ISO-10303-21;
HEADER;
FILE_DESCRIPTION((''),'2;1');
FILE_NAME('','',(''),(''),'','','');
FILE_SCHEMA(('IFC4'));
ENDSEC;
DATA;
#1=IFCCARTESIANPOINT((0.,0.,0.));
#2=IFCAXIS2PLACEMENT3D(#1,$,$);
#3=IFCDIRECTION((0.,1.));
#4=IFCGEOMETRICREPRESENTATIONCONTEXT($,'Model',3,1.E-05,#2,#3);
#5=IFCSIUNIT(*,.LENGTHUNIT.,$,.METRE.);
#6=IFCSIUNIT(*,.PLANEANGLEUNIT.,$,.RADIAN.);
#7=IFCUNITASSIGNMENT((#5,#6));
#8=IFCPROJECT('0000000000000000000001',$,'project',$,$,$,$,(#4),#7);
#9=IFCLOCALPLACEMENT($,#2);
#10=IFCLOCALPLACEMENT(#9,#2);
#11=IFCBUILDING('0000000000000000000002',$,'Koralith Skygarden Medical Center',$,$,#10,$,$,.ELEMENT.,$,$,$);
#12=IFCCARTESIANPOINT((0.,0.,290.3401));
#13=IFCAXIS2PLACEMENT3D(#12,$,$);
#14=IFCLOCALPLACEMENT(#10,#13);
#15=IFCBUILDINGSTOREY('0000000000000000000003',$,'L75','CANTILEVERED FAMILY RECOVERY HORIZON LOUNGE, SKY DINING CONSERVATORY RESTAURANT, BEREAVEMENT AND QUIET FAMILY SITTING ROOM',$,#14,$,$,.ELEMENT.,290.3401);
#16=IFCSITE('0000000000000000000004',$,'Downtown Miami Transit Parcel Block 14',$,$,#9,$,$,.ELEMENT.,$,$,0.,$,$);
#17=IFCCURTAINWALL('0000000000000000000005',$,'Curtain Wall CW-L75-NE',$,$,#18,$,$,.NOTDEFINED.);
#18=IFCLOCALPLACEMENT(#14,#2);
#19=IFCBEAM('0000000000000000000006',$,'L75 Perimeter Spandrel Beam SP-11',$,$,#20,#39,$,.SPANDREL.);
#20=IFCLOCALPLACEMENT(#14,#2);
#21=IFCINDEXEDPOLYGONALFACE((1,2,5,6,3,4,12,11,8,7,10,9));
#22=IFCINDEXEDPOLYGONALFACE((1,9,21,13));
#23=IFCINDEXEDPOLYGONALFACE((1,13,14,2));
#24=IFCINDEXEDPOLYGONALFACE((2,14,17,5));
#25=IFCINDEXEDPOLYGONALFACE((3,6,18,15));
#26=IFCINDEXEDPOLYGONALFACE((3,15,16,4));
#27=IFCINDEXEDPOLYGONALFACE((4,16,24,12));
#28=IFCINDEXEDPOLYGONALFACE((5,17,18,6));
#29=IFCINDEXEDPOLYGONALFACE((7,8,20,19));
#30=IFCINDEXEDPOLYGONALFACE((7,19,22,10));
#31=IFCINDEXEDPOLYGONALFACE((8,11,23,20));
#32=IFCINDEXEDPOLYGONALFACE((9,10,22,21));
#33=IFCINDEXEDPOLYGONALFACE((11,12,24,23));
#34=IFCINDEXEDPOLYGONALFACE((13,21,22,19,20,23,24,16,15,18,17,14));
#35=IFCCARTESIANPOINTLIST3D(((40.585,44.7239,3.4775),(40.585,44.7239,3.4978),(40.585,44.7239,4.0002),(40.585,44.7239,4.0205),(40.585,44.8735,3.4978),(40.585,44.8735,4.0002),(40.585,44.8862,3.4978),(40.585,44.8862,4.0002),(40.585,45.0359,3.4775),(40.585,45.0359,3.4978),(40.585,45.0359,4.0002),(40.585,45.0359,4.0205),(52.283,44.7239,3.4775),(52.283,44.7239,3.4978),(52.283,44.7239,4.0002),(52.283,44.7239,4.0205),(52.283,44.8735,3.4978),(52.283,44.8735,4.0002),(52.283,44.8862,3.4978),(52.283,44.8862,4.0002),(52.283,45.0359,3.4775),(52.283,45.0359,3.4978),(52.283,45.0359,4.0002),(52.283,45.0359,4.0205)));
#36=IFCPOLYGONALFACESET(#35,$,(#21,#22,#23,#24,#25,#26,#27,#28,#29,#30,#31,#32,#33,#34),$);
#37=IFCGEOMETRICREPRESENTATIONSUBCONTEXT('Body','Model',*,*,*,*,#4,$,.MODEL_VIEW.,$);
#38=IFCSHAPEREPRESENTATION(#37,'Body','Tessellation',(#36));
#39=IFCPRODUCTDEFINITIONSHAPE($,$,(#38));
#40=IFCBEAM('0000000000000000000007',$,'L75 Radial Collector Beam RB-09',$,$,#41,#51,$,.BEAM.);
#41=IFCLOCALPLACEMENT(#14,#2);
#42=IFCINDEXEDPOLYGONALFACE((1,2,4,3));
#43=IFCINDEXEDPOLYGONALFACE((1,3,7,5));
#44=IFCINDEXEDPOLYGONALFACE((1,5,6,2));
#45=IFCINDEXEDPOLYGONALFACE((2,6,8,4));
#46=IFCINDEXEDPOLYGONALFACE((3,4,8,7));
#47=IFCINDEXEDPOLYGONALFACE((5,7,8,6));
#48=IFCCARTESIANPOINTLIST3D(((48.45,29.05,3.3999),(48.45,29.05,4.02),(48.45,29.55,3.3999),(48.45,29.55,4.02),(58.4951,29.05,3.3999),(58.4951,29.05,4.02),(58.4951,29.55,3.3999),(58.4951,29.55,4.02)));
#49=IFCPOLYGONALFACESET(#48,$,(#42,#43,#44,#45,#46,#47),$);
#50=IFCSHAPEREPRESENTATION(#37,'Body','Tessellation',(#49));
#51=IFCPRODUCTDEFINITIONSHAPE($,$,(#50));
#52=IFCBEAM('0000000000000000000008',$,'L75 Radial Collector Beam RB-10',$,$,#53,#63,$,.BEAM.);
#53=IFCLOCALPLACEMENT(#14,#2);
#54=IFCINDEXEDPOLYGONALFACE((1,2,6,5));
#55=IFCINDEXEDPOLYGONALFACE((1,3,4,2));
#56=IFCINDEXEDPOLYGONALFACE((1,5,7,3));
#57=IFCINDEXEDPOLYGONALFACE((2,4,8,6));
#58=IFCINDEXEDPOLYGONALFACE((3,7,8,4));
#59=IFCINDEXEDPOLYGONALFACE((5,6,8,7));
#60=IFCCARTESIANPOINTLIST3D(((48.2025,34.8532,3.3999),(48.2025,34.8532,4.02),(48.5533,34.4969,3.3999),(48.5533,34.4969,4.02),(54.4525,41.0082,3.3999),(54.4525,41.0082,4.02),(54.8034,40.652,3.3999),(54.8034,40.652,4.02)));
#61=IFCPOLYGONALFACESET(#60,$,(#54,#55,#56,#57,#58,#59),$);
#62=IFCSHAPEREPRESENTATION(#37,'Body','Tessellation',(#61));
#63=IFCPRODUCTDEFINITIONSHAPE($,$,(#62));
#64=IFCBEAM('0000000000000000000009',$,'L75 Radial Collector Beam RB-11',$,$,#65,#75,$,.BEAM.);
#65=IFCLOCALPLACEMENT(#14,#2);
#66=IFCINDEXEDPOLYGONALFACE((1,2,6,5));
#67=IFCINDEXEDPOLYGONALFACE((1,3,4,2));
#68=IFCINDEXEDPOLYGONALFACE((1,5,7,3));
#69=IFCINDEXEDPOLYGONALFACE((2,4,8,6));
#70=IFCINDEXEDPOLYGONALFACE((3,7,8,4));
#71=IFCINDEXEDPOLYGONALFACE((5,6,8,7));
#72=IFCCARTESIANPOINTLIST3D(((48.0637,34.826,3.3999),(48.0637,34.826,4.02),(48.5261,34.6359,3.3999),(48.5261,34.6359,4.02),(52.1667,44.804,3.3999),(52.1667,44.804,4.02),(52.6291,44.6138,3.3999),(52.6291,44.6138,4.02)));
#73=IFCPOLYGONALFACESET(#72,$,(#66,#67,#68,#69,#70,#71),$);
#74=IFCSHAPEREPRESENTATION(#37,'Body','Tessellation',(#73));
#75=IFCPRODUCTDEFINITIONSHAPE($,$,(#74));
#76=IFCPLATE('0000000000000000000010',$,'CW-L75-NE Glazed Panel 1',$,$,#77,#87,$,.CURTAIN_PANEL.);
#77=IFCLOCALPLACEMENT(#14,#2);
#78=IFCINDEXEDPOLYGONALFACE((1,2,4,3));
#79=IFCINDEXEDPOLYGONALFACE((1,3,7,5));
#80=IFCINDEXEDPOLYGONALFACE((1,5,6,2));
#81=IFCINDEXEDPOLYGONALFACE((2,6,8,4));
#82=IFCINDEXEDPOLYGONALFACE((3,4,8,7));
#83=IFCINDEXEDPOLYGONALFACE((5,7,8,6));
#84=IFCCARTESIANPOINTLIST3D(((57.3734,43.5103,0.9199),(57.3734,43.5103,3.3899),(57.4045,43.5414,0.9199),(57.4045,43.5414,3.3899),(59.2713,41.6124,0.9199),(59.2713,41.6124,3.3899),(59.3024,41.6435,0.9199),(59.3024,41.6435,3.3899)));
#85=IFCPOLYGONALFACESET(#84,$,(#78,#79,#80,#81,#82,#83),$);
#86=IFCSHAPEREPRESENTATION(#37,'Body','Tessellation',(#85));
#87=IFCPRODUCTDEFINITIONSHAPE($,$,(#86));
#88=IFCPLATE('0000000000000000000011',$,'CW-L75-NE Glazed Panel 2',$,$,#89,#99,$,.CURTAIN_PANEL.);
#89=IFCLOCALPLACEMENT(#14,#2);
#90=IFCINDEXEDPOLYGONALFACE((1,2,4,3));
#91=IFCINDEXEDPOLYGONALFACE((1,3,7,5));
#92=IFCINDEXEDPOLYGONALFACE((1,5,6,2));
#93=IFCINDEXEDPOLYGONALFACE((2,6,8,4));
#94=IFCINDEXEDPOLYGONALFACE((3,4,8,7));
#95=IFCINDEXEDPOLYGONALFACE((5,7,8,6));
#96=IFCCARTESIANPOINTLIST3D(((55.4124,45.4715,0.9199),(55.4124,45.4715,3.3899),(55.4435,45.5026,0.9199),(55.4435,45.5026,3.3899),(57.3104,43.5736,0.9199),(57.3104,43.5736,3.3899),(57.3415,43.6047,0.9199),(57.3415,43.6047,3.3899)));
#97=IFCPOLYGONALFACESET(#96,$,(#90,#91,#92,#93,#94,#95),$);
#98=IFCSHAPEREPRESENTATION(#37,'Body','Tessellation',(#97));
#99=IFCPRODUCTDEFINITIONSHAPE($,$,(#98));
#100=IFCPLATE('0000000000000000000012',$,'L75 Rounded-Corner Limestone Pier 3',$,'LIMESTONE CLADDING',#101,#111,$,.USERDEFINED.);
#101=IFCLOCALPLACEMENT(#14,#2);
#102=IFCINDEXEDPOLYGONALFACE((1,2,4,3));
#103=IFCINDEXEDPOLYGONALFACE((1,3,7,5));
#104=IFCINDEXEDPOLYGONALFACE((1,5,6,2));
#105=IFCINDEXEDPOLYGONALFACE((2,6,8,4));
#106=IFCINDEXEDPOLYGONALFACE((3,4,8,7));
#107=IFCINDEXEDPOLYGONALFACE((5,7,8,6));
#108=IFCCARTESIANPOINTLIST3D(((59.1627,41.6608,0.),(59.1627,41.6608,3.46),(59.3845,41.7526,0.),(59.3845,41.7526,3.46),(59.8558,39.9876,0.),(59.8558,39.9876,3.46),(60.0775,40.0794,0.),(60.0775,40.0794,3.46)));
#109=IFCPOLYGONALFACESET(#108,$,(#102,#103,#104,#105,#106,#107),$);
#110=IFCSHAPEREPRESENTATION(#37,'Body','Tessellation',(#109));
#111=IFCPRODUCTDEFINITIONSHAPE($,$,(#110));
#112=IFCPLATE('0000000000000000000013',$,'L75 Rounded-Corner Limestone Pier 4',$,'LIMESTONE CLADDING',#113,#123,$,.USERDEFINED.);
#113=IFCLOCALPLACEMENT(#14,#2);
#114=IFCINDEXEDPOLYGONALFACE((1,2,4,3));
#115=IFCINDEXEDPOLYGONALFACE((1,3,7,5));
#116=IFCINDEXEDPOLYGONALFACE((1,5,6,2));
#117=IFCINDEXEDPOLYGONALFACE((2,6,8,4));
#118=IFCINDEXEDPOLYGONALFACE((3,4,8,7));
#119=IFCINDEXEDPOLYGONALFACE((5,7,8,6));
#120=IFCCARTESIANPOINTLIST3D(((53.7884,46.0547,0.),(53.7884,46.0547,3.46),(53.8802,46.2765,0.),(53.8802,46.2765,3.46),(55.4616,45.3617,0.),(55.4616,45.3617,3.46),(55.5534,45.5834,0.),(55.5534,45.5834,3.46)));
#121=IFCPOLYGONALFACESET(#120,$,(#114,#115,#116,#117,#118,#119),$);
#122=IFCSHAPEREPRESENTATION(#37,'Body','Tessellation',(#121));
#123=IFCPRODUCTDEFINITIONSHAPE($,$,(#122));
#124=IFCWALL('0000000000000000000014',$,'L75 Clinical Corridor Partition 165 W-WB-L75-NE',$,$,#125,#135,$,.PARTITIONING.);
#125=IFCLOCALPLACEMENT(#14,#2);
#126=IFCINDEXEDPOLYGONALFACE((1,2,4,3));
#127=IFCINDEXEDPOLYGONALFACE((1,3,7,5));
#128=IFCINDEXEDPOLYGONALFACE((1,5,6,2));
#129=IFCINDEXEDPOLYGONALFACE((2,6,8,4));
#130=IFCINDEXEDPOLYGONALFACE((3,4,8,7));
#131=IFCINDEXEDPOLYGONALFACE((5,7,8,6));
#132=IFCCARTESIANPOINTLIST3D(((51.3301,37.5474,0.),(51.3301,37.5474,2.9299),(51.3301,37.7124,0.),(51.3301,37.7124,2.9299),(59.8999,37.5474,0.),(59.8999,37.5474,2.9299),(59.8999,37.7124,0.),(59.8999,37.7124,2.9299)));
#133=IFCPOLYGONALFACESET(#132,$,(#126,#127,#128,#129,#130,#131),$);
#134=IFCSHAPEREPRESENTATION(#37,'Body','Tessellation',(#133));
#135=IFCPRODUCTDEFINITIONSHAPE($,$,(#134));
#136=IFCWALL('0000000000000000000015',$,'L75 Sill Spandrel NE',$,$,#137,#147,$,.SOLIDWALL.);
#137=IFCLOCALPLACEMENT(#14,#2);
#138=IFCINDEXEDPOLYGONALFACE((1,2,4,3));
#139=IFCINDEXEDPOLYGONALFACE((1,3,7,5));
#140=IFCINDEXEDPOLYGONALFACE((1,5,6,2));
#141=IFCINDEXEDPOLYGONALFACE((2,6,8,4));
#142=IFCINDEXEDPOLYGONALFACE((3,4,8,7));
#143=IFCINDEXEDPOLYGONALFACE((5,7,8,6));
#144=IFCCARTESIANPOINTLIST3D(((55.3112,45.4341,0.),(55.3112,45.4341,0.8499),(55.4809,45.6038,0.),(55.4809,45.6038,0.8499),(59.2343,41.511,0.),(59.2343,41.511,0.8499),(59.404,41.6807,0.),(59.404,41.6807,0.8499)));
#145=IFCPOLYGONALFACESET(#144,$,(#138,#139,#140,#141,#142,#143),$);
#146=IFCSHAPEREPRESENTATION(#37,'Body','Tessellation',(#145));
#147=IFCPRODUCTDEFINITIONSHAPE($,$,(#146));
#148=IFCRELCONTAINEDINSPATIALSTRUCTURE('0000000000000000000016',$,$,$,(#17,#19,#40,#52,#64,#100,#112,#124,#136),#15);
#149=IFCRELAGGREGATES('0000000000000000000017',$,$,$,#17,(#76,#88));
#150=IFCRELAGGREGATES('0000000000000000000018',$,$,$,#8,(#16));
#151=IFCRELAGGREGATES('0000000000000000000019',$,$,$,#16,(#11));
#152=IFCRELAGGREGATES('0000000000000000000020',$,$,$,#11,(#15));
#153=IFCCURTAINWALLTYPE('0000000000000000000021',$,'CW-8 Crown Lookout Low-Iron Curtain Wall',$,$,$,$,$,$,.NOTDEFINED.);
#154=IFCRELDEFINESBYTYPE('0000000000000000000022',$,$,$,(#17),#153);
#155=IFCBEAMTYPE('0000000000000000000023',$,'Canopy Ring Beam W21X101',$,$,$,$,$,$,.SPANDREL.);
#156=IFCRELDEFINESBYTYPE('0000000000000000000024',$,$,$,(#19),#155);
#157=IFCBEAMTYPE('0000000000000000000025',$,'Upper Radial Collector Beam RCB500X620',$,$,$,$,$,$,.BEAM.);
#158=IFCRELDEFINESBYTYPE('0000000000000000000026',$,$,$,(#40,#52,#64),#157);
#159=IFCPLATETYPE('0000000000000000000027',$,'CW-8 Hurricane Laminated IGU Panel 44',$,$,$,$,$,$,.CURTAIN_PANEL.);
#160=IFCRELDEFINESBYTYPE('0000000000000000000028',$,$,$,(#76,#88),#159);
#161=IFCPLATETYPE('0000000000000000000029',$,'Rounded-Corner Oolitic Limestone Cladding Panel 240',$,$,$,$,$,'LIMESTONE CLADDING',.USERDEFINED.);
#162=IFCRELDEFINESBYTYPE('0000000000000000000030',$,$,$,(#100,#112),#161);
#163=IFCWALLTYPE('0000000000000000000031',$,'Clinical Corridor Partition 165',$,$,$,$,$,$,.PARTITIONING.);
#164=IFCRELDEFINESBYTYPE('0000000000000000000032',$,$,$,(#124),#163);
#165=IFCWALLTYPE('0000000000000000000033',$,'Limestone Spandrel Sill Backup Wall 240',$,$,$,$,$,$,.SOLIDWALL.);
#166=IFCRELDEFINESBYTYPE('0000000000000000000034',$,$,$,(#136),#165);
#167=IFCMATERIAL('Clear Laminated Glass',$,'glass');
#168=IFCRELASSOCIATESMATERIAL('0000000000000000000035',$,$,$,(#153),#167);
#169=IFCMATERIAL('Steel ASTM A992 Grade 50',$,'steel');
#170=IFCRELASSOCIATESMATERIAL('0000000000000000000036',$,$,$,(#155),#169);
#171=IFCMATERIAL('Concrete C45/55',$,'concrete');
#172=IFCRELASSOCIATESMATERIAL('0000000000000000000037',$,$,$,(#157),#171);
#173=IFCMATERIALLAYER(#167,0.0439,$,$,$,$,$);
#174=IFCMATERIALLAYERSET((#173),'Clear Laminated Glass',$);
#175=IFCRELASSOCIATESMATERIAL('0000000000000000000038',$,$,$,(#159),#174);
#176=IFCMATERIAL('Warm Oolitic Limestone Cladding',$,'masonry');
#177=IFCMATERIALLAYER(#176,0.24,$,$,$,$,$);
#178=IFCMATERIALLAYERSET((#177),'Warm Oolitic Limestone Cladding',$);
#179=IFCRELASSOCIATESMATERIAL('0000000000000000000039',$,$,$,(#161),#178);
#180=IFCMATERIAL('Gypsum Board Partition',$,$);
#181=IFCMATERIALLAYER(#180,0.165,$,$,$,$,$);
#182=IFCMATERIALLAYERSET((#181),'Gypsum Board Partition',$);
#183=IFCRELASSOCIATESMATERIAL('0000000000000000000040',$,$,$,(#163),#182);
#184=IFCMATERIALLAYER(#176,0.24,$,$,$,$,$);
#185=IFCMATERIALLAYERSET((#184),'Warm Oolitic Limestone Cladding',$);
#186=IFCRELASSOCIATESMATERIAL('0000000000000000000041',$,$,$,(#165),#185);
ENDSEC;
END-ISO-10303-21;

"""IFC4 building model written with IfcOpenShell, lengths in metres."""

from ifc_helpers import new_model, si_unit, direction, frame, frame_2d, origin, origin_2d, place, context, subcontext, project, spatial, rectangle, i_section, extrude, material, layer, layer_set, material_profile, profile_set, type_object, element, aggregate, save


model = new_model("IFC4")

# Units and contexts
model_context = context("Model", 3, precision=1e-05, world=origin(), true_north=direction((0.0, 1.0)))
body_context = subcontext(model_context, "Body", "Model", "MODEL_VIEW")
ifc_project = project(units=[si_unit("LENGTHUNIT", "METRE"), si_unit("PLANEANGLEUNIT", "RADIAN")], contexts=[model_context])

# Site, building, storey
site_placement = place(None, origin())
site = spatial("IfcSite", under=ifc_project, at=site_placement, Name="Downtown Miami Transit Parcel Block 14", CompositionType="ELEMENT", RefElevation=0.0)
building_placement = place(site_placement, origin())
building = spatial("IfcBuilding", under=site, at=building_placement, Name="Koralith Skygarden Medical Center", CompositionType="ELEMENT")
storey_placement = place(building_placement, frame((0.0, 0.0, 290.3401)))
storey = spatial("IfcBuildingStorey", under=building, at=storey_placement, Name="L75", Description="CANTILEVERED FAMILY RECOVERY HORIZON LOUNGE, SKY DINING CONSERVATORY RESTAURANT, BEREAVEMENT AND QUIET FAMILY SITTING ROOM", CompositionType="ELEMENT", Elevation=290.3401)

# Shared definitions
ifc_material_1 = material(Name="Steel ASTM A992 Grade 50", Category="steel")

# Curtain wall
ifc_material_2 = material(Name="Clear Laminated Glass", Category="glass")
curtain_wall_type = type_object("IfcCurtainWallType", Name="CW-8 Crown Lookout Low-Iron Curtain Wall", PredefinedType="NOTDEFINED", material=ifc_material_2)
curtain_wall_placement = place(storey_placement, origin())
curtain_wall = element("IfcCurtainWall", 1, at=curtain_wall_placement, inside=storey, type_object=curtain_wall_type, Name="Curtain Wall CW-L75-NE", PredefinedType="NOTDEFINED")

# Beams
ifc_material_profile_1 = material_profile(ifc_material_1, i_section(OverallWidth=0.312, OverallDepth=0.543, WebThickness=0.0127, FlangeThickness=0.0203, at=origin_2d()), Name="W21X101")
ifc_profile_set_1 = profile_set([ifc_material_profile_1], Name="Steel ASTM A992 Grade 50")
beam_type_1 = type_object("IfcBeamType", Name="Canopy Ring Beam W21X101", PredefinedType="SPANDREL", material=ifc_profile_set_1)
beam_1_placement = place(storey_placement, frame((52.283, 44.8799, 3.749), z_axis=(-1.0, 0.0, 0.0), x_axis=(0.0, -1.0, 0.0)))
element("IfcBeam", 2, at=beam_1_placement, inside=storey, type_object=beam_type_1, Name="L75 Perimeter Spandrel Beam SP-11", PredefinedType="SPANDREL", context=body_context, shape_type="SweptSolid", body=[
    extrude(i_section(OverallWidth=0.312, OverallDepth=0.543, WebThickness=0.0127, FlangeThickness=0.0203, at=origin_2d()), origin(), (0.0, 0.0, 1.0), 11.698),
])
ifc_material_3 = material(Name="Concrete C45/55", Category="concrete")
ifc_material_profile_2 = material_profile(ifc_material_3, rectangle(XDim=0.5, YDim=0.6201, at=origin_2d()), Name="RCB500X620")
ifc_profile_set_2 = profile_set([ifc_material_profile_2], Name="Concrete C45/55")
beam_type_2 = type_object("IfcBeamType", Name="Upper Radial Collector Beam RCB500X620", PredefinedType="BEAM", material=ifc_profile_set_2)
beam_2_placement = place(storey_placement, frame((48.45, 29.3, 3.71), z_axis=(1.0, 0.0, 0.0), x_axis=(0.0, 1.0, 0.0)))
element("IfcBeam", 3, at=beam_2_placement, inside=storey, type_object=beam_type_2, Name="L75 Radial Collector Beam RB-09", PredefinedType="BEAM", context=body_context, shape_type="SweptSolid", body=[
    extrude(rectangle(XDim=0.5, YDim=0.6201, at=origin_2d()), origin(), (0.0, 0.0, 1.0), 10.0452),
])
beam_3_placement = place(storey_placement, frame((48.3779, 34.675, 3.71), z_axis=(0.712499, 0.701673, 0.0), x_axis=(-0.701673, 0.712499, 0.0)))
element("IfcBeam", 4, at=beam_3_placement, inside=storey, type_object=beam_type_2, Name="L75 Radial Collector Beam RB-10", PredefinedType="BEAM", context=body_context, shape_type="SweptSolid", body=[
    extrude(rectangle(XDim=0.5, YDim=0.6201, at=origin_2d()), origin(), (0.0, 0.0, 1.0), 8.772),
])
beam_4_placement = place(storey_placement, frame((48.2949, 34.731, 3.71), z_axis=(0.380308, 0.92486, 0.0), x_axis=(-0.92486, 0.380308, 0.0)))
element("IfcBeam", 5, at=beam_4_placement, inside=storey, type_object=beam_type_2, Name="L75 Radial Collector Beam RB-11", PredefinedType="BEAM", context=body_context, shape_type="SweptSolid", body=[
    extrude(rectangle(XDim=0.5, YDim=0.6201, at=origin_2d()), origin(), (0.0, 0.0, 1.0), 10.7886),
])

# Plates
ifc_layer_1 = layer(ifc_material_2, 0.0439)
ifc_layer_set_1 = layer_set([ifc_layer_1], Name="Clear Laminated Glass")
plate_type_1 = type_object("IfcPlateType", Name="CW-8 Hurricane Laminated IGU Panel 44", PredefinedType="CURTAIN_PANEL", material=ifc_layer_set_1)
plate_1_placement = place(storey_placement, frame((58.3379, 42.5769, 0.9199), z_axis=(0.0, 0.0, 1.0), x_axis=(-0.707107, 0.707107, 0.0)))
plate_1 = element("IfcPlate", 6, at=plate_1_placement, type_object=plate_type_1, Name="CW-L75-NE Glazed Panel 1", PredefinedType="CURTAIN_PANEL", context=body_context, shape_type="SweptSolid", body=[
    extrude(rectangle(XDim=2.6841, YDim=0.0439, at=origin_2d()), origin(), (0.0, 0.0, 1.0), 2.47),
])
plate_2_placement = place(storey_placement, frame((56.377, 44.5381, 0.9199), z_axis=(0.0, 0.0, 1.0), x_axis=(-0.707107, 0.707107, 0.0)))
plate_2 = element("IfcPlate", 7, at=plate_2_placement, type_object=plate_type_1, Name="CW-L75-NE Glazed Panel 2", PredefinedType="CURTAIN_PANEL", context=body_context, shape_type="SweptSolid", body=[
    extrude(rectangle(XDim=2.6841, YDim=0.0439, at=origin_2d()), origin(), (0.0, 0.0, 1.0), 2.47),
])
aggregate(curtain_wall, [plate_1, plate_2])

# Plates
ifc_material_4 = material(Name="Warm Oolitic Limestone Cladding", Category="masonry")
ifc_layer_2 = layer(ifc_material_4, 0.24)
ifc_layer_set_2 = layer_set([ifc_layer_2], Name="Warm Oolitic Limestone Cladding")
plate_type_2 = type_object("IfcPlateType", Name="Rounded-Corner Oolitic Limestone Cladding Panel 240", ElementType="LIMESTONE CLADDING", PredefinedType="USERDEFINED", material=ifc_layer_set_2)
for number, where, z_axis, x_axis, name in (
    (8, (59.6201, 40.8701, 0.0), (0.0, 0.0, 1.0), (-0.382671, 0.923885, 0.0), "L75 Rounded-Corner Limestone Pier 3"),
    (9, (54.6709, 45.8191, 0.0), (0.0, 0.0, 1.0), (-0.923885, 0.382671, 0.0), "L75 Rounded-Corner Limestone Pier 4"),
):
    element("IfcPlate", number, at=place(storey_placement, frame(where, z_axis=z_axis, x_axis=x_axis)), inside=storey, type_object=plate_type_2, Name=name, ObjectType="LIMESTONE CLADDING", PredefinedType="USERDEFINED", context=body_context, shape_type="SweptSolid", body=[
        extrude(rectangle(XDim=1.811, YDim=0.24, at=origin_2d()), origin(), (0.0, 0.0, 1.0), 3.46),
    ])

# Walls
ifc_material_5 = material(Name="Gypsum Board Partition")
ifc_layer_3 = layer(ifc_material_5, 0.165)
ifc_layer_set_3 = layer_set([ifc_layer_3], Name="Gypsum Board Partition")
wall_type_1 = type_object("IfcWallType", Name="Clinical Corridor Partition 165", PredefinedType="PARTITIONING", material=ifc_layer_set_3)
wall_1_placement = place(storey_placement, frame((51.3301, 37.6299, 0.0), z_axis=(0.0, 0.0, 1.0), x_axis=(1.0, 0.0, 0.0)))
element("IfcWall", 10, at=wall_1_placement, inside=storey, type_object=wall_type_1, Name="L75 Clinical Corridor Partition 165 W-WB-L75-NE", PredefinedType="PARTITIONING", context=body_context, shape_type="SweptSolid", body=[
    extrude(rectangle(XDim=8.5698, YDim=0.165, at=frame_2d((4.2849, 0.0))), origin(), (0.0, 0.0, 1.0), 2.9299),
])
ifc_layer_4 = layer(ifc_material_4, 0.24)
ifc_layer_set_4 = layer_set([ifc_layer_4], Name="Warm Oolitic Limestone Cladding")
wall_type_2 = type_object("IfcWallType", Name="Limestone Spandrel Sill Backup Wall 240", PredefinedType="SOLIDWALL", material=ifc_layer_set_4)
wall_2_placement = place(storey_placement, frame((59.3191, 41.5959, 0.0), z_axis=(0.0, 0.0, 1.0), x_axis=(-0.707107, 0.707107, 0.0)))
element("IfcWall", 11, at=wall_2_placement, inside=storey, type_object=wall_type_2, Name="L75 Sill Spandrel NE", PredefinedType="SOLIDWALL", context=body_context, shape_type="SweptSolid", body=[
    extrude(rectangle(XDim=5.5481, YDim=0.24, at=frame_2d((2.7739, 0.0))), origin(), (0.0, 0.0, 1.0), 0.8499),
])

save(model, "model.ifc")
